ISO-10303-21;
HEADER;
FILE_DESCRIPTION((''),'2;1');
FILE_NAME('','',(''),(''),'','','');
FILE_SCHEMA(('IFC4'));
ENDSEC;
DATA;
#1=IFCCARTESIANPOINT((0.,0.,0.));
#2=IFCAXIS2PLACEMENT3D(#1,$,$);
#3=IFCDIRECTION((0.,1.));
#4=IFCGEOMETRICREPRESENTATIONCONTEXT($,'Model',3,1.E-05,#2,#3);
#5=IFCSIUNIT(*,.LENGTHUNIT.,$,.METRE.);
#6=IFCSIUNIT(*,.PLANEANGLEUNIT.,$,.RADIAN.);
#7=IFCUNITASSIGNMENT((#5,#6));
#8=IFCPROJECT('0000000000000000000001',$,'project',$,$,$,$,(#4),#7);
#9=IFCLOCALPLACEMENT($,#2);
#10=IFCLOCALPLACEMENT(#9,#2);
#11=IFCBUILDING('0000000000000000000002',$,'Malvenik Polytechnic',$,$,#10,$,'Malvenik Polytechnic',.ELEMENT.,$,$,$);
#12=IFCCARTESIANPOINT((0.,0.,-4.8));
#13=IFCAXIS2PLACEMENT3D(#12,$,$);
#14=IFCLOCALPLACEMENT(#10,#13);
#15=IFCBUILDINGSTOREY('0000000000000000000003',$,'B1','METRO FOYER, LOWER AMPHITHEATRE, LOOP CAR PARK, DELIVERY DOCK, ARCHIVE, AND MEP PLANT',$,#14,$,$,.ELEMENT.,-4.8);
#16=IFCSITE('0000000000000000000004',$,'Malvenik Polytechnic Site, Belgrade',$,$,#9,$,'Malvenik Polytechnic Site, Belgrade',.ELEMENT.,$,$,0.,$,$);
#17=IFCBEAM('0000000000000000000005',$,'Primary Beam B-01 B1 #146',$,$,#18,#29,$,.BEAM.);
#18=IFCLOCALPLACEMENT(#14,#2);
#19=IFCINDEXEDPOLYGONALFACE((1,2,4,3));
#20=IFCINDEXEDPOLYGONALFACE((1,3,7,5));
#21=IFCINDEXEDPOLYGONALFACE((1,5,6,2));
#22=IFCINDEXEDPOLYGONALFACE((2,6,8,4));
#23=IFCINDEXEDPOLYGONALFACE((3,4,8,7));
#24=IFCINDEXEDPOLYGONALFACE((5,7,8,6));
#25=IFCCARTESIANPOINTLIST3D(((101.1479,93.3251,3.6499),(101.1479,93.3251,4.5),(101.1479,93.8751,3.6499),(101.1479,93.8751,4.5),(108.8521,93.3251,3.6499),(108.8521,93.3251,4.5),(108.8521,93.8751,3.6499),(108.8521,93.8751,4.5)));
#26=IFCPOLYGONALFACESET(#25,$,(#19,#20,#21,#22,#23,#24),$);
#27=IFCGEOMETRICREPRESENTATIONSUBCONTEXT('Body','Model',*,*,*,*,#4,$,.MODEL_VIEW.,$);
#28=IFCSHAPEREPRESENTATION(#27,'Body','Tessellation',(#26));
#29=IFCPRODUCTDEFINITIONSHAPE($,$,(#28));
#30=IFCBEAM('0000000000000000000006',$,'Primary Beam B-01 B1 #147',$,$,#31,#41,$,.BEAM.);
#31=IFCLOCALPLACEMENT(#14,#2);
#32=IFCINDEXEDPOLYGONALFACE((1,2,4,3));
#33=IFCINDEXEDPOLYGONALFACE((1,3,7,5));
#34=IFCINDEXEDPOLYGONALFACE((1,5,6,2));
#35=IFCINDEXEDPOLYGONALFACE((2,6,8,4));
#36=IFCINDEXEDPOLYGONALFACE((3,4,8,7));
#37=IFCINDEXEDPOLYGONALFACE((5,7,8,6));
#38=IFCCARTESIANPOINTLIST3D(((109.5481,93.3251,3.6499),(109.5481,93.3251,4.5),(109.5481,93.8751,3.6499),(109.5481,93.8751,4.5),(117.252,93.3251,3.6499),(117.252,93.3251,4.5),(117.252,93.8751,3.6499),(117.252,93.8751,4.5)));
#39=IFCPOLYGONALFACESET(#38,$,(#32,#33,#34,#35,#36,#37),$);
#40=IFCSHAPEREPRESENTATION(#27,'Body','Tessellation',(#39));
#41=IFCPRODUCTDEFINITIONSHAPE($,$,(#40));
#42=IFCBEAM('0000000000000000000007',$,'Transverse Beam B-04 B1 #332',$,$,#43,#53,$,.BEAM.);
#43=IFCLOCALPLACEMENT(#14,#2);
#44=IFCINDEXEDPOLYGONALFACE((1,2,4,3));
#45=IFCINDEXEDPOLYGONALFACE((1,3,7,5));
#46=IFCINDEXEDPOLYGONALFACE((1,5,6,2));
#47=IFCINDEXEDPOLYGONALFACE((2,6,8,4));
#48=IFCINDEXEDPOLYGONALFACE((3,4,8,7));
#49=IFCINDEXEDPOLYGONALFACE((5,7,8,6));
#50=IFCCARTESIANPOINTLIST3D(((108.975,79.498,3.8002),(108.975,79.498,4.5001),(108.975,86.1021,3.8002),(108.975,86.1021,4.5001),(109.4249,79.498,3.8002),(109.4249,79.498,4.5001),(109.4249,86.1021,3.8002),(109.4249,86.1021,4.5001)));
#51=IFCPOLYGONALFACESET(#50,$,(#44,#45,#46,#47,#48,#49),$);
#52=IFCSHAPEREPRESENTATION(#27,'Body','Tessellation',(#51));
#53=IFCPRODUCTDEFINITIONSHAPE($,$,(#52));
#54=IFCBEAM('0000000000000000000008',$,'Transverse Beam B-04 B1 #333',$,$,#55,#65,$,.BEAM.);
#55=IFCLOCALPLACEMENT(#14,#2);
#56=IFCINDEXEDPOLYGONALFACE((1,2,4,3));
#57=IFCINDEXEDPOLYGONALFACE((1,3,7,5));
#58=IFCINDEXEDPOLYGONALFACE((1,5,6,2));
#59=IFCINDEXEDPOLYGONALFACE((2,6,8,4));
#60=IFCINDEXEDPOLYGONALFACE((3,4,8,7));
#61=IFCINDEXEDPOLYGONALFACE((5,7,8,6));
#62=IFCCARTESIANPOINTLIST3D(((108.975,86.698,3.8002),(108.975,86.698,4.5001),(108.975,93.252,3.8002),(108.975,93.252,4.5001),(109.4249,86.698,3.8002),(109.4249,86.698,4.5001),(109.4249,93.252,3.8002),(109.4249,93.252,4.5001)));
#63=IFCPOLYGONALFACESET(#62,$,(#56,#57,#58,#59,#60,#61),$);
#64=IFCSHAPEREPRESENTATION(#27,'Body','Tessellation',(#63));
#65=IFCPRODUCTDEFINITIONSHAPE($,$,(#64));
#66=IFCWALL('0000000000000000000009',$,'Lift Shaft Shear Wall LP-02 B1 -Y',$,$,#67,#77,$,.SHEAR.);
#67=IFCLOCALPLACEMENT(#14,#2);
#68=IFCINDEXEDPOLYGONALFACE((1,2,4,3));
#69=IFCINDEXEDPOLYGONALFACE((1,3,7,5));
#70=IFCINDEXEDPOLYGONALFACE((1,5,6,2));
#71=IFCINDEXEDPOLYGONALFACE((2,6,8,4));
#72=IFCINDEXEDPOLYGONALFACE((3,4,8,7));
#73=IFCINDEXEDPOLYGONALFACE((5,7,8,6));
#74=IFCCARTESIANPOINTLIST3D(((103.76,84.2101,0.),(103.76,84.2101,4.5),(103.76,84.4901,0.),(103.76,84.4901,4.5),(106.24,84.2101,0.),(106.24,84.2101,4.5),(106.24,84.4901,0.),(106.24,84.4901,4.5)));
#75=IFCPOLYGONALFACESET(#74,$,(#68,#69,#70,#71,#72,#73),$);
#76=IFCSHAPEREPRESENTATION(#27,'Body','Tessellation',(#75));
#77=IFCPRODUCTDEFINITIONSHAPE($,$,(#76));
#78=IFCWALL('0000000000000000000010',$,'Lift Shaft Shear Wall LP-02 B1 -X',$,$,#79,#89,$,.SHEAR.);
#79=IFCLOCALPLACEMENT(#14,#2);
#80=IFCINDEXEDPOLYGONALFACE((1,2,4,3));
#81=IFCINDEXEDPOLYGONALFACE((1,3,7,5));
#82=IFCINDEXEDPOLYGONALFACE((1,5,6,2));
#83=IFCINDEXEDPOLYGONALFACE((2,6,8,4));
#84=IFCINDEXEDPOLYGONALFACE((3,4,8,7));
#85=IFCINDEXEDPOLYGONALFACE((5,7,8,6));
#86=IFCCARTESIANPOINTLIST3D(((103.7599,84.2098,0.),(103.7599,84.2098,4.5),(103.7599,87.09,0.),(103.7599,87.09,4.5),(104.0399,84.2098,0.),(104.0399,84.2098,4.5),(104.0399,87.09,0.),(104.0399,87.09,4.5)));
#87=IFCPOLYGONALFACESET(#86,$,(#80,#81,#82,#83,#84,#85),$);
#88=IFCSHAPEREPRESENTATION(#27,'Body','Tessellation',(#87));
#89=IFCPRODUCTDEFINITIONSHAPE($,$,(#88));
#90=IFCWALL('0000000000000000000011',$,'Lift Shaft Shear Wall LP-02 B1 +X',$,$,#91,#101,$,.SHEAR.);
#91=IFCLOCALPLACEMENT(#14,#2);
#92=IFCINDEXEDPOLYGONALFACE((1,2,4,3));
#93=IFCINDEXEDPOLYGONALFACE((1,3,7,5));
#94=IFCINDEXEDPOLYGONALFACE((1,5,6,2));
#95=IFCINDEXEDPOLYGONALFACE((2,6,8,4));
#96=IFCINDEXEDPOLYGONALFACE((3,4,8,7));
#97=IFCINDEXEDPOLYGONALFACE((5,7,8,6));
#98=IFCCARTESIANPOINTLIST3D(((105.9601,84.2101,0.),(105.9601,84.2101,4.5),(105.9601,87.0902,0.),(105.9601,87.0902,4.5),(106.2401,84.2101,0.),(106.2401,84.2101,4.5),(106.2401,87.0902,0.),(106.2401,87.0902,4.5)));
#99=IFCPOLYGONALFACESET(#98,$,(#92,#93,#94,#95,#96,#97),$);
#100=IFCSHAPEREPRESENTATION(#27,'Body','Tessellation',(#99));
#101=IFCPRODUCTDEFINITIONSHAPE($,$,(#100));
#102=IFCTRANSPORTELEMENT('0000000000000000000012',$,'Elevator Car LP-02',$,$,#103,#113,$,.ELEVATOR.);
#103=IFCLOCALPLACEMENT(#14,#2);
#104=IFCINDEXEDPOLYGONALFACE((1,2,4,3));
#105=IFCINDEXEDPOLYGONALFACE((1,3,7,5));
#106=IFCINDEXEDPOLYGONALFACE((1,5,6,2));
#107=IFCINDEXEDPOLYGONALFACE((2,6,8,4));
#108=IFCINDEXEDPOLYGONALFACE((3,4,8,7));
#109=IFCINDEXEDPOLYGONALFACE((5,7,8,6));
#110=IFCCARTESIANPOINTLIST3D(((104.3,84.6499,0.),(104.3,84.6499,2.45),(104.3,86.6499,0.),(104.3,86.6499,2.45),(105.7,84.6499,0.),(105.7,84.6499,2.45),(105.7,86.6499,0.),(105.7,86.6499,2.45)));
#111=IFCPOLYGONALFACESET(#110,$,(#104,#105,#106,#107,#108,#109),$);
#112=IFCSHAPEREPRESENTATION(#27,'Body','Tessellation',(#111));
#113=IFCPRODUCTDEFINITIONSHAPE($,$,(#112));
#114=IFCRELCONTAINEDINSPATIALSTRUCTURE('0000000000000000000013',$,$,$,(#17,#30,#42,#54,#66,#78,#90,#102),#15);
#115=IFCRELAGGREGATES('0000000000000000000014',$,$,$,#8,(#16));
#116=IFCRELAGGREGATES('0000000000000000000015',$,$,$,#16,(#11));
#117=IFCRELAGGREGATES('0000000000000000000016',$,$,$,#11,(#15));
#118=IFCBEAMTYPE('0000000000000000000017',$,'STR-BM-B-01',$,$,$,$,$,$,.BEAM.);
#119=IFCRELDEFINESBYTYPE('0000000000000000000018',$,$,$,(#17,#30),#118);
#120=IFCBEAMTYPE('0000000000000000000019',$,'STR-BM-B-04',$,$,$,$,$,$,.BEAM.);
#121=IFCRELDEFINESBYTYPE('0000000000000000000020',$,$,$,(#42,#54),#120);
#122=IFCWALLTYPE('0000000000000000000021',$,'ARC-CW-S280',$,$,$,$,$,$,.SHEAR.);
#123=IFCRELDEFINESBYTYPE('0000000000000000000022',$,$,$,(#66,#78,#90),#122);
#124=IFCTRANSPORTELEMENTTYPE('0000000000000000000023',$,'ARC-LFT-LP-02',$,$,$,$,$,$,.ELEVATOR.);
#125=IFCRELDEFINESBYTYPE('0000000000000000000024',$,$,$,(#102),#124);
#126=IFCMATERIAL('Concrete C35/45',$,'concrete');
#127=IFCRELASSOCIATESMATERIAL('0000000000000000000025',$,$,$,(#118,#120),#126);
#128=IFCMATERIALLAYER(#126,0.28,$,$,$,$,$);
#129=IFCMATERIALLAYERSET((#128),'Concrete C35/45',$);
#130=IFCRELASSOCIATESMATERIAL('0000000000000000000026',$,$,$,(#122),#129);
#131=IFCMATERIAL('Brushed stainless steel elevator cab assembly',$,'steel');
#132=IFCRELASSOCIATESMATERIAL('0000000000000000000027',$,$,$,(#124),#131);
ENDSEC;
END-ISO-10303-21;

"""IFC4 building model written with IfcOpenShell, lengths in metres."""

from ifc_helpers import new_model, si_unit, direction, frame, frame_2d, origin, origin_2d, place, context, subcontext, project, spatial, rectangle, extrude, material, layer, layer_set, material_profile, profile_set, type_object, element, save


model = new_model("IFC4")

# Units and contexts
model_context = context("Model", 3, precision=1e-05, world=origin(), true_north=direction((0.0, 1.0)))
body_context = subcontext(model_context, "Body", "Model", "MODEL_VIEW")
ifc_project = project(units=[si_unit("LENGTHUNIT", "METRE"), si_unit("PLANEANGLEUNIT", "RADIAN")], contexts=[model_context])

# Site, building, storey
site_placement = place(None, origin())
site = spatial("IfcSite", under=ifc_project, at=site_placement, Name="Malvenik Polytechnic Site, Belgrade", LongName="Malvenik Polytechnic Site, Belgrade", CompositionType="ELEMENT", RefElevation=0.0)
building_placement = place(site_placement, origin())
building = spatial("IfcBuilding", under=site, at=building_placement, Name="Malvenik Polytechnic", LongName="Malvenik Polytechnic", CompositionType="ELEMENT")
storey_placement = place(building_placement, frame((0.0, 0.0, -4.8)))
storey = spatial("IfcBuildingStorey", under=building, at=storey_placement, Name="B1", Description="METRO FOYER, LOWER AMPHITHEATRE, LOOP CAR PARK, DELIVERY DOCK, ARCHIVE, AND MEP PLANT", CompositionType="ELEMENT", Elevation=-4.8)

# Shared definitions
ifc_material_1 = material(Name="Concrete C35/45", Category="concrete")

# Beams
ifc_material_profile_1 = material_profile(ifc_material_1, rectangle(XDim=0.55, YDim=0.8501, at=origin_2d()), Name="RC BM 550x850")
ifc_profile_set_1 = profile_set([ifc_material_profile_1], Name="Concrete C35/45")
beam_type_1 = type_object("IfcBeamType", Name="STR-BM-B-01", PredefinedType="BEAM", material=ifc_profile_set_1)
beam_1_placement = place(storey_placement, frame((101.1479, 93.6001, 4.075), z_axis=(1.0, 0.0, 0.0), x_axis=(0.0, 1.0, 0.0)))
element("IfcBeam", 1, at=beam_1_placement, inside=storey, type_object=beam_type_1, Name="Primary Beam B-01 B1 #146", PredefinedType="BEAM", context=body_context, shape_type="SweptSolid", body=[
    extrude(rectangle(XDim=0.55, YDim=0.8501, at=origin_2d()), origin(), (0.0, 0.0, 1.0), 7.7041),
])
beam_2_placement = place(storey_placement, frame((109.5481, 93.6001, 4.075), z_axis=(1.0, 0.0, 0.0), x_axis=(0.0, 1.0, 0.0)))
element("IfcBeam", 2, at=beam_2_placement, inside=storey, type_object=beam_type_1, Name="Primary Beam B-01 B1 #147", PredefinedType="BEAM", context=body_context, shape_type="SweptSolid", body=[
    extrude(rectangle(XDim=0.55, YDim=0.8501, at=origin_2d()), origin(), (0.0, 0.0, 1.0), 7.7039),
])
ifc_material_profile_2 = material_profile(ifc_material_1, rectangle(XDim=0.45, YDim=0.7, at=origin_2d()), Name="RC BM 450x700")
ifc_profile_set_2 = profile_set([ifc_material_profile_2], Name="Concrete C35/45")
beam_type_2 = type_object("IfcBeamType", Name="STR-BM-B-04", PredefinedType="BEAM", material=ifc_profile_set_2)
beam_3_placement = place(storey_placement, frame((109.2, 79.498, 4.1501), z_axis=(0.0, 1.0, 0.0), x_axis=(-1.0, 0.0, 0.0)))
element("IfcBeam", 3, at=beam_3_placement, inside=storey, type_object=beam_type_2, Name="Transverse Beam B-04 B1 #332", PredefinedType="BEAM", context=body_context, shape_type="SweptSolid", body=[
    extrude(rectangle(XDim=0.45, YDim=0.7, at=origin_2d()), origin(), (0.0, 0.0, 1.0), 6.604),
])
beam_4_placement = place(storey_placement, frame((109.2, 86.698, 4.1501), z_axis=(0.0, 1.0, 0.0), x_axis=(-1.0, 0.0, 0.0)))
element("IfcBeam", 4, at=beam_4_placement, inside=storey, type_object=beam_type_2, Name="Transverse Beam B-04 B1 #333", PredefinedType="BEAM", context=body_context, shape_type="SweptSolid", body=[
    extrude(rectangle(XDim=0.45, YDim=0.7, at=origin_2d()), origin(), (0.0, 0.0, 1.0), 6.554),
])

# Wall
ifc_layer = layer(ifc_material_1, 0.28)
ifc_layer_set = layer_set([ifc_layer], Name="Concrete C35/45")
wall_type = type_object("IfcWallType", Name="ARC-CW-S280", PredefinedType="SHEAR", material=ifc_layer_set)
wall_1_placement = place(storey_placement, frame((106.24, 84.3501, 0.0), z_axis=(0.0, 0.0, 1.0), x_axis=(-1.0, 0.0, 0.0)))
element("IfcWall", 5, at=wall_1_placement, inside=storey, type_object=wall_type, Name="Lift Shaft Shear Wall LP-02 B1 -Y", PredefinedType="SHEAR", context=body_context, shape_type="SweptSolid", body=[
    extrude(rectangle(XDim=2.48, YDim=0.28, at=frame_2d((1.24, 0.0))), origin(), (0.0, 0.0, 1.0), 4.5),
])

# Walls
for number, where, z_axis, x_axis, name in (
    (6, (103.8999, 84.21, 0.0), (0.0, 0.0, 1.0), (0.0, 1.0, 0.0), "Lift Shaft Shear Wall LP-02 B1 -X"),
    (7, (106.1001, 87.0901, 0.0), (0.0, 0.0, 1.0), (0.0, -1.0, 0.0), "Lift Shaft Shear Wall LP-02 B1 +X"),
):
    element("IfcWall", number, at=place(storey_placement, frame(where, z_axis=z_axis, x_axis=x_axis)), inside=storey, type_object=wall_type, Name=name, PredefinedType="SHEAR", context=body_context, shape_type="SweptSolid", body=[
        extrude(rectangle(XDim=2.8801, YDim=0.28, at=frame_2d((1.4399, 0.0))), origin(), (0.0, 0.0, 1.0), 4.5),
    ])

# Transport element
ifc_material_2 = material(Name="Brushed stainless steel elevator cab assembly", Category="steel")
transport_element_type = type_object("IfcTransportElementType", Name="ARC-LFT-LP-02", PredefinedType="ELEVATOR", material=ifc_material_2)
transport_element_placement = place(storey_placement, frame((105.0, 85.6499, 0.0), z_axis=(0.0, 0.0, 1.0), x_axis=(1.0, 0.0, 0.0)))
element("IfcTransportElement", 8, at=transport_element_placement, inside=storey, type_object=transport_element_type, Name="Elevator Car LP-02", PredefinedType="ELEVATOR", context=body_context, shape_type="SweptSolid", body=[
    extrude(rectangle(XDim=1.3999, YDim=2.0, at=origin_2d()), origin(), (0.0, 0.0, 1.0), 2.45),
])

save(model, "model.ifc")
